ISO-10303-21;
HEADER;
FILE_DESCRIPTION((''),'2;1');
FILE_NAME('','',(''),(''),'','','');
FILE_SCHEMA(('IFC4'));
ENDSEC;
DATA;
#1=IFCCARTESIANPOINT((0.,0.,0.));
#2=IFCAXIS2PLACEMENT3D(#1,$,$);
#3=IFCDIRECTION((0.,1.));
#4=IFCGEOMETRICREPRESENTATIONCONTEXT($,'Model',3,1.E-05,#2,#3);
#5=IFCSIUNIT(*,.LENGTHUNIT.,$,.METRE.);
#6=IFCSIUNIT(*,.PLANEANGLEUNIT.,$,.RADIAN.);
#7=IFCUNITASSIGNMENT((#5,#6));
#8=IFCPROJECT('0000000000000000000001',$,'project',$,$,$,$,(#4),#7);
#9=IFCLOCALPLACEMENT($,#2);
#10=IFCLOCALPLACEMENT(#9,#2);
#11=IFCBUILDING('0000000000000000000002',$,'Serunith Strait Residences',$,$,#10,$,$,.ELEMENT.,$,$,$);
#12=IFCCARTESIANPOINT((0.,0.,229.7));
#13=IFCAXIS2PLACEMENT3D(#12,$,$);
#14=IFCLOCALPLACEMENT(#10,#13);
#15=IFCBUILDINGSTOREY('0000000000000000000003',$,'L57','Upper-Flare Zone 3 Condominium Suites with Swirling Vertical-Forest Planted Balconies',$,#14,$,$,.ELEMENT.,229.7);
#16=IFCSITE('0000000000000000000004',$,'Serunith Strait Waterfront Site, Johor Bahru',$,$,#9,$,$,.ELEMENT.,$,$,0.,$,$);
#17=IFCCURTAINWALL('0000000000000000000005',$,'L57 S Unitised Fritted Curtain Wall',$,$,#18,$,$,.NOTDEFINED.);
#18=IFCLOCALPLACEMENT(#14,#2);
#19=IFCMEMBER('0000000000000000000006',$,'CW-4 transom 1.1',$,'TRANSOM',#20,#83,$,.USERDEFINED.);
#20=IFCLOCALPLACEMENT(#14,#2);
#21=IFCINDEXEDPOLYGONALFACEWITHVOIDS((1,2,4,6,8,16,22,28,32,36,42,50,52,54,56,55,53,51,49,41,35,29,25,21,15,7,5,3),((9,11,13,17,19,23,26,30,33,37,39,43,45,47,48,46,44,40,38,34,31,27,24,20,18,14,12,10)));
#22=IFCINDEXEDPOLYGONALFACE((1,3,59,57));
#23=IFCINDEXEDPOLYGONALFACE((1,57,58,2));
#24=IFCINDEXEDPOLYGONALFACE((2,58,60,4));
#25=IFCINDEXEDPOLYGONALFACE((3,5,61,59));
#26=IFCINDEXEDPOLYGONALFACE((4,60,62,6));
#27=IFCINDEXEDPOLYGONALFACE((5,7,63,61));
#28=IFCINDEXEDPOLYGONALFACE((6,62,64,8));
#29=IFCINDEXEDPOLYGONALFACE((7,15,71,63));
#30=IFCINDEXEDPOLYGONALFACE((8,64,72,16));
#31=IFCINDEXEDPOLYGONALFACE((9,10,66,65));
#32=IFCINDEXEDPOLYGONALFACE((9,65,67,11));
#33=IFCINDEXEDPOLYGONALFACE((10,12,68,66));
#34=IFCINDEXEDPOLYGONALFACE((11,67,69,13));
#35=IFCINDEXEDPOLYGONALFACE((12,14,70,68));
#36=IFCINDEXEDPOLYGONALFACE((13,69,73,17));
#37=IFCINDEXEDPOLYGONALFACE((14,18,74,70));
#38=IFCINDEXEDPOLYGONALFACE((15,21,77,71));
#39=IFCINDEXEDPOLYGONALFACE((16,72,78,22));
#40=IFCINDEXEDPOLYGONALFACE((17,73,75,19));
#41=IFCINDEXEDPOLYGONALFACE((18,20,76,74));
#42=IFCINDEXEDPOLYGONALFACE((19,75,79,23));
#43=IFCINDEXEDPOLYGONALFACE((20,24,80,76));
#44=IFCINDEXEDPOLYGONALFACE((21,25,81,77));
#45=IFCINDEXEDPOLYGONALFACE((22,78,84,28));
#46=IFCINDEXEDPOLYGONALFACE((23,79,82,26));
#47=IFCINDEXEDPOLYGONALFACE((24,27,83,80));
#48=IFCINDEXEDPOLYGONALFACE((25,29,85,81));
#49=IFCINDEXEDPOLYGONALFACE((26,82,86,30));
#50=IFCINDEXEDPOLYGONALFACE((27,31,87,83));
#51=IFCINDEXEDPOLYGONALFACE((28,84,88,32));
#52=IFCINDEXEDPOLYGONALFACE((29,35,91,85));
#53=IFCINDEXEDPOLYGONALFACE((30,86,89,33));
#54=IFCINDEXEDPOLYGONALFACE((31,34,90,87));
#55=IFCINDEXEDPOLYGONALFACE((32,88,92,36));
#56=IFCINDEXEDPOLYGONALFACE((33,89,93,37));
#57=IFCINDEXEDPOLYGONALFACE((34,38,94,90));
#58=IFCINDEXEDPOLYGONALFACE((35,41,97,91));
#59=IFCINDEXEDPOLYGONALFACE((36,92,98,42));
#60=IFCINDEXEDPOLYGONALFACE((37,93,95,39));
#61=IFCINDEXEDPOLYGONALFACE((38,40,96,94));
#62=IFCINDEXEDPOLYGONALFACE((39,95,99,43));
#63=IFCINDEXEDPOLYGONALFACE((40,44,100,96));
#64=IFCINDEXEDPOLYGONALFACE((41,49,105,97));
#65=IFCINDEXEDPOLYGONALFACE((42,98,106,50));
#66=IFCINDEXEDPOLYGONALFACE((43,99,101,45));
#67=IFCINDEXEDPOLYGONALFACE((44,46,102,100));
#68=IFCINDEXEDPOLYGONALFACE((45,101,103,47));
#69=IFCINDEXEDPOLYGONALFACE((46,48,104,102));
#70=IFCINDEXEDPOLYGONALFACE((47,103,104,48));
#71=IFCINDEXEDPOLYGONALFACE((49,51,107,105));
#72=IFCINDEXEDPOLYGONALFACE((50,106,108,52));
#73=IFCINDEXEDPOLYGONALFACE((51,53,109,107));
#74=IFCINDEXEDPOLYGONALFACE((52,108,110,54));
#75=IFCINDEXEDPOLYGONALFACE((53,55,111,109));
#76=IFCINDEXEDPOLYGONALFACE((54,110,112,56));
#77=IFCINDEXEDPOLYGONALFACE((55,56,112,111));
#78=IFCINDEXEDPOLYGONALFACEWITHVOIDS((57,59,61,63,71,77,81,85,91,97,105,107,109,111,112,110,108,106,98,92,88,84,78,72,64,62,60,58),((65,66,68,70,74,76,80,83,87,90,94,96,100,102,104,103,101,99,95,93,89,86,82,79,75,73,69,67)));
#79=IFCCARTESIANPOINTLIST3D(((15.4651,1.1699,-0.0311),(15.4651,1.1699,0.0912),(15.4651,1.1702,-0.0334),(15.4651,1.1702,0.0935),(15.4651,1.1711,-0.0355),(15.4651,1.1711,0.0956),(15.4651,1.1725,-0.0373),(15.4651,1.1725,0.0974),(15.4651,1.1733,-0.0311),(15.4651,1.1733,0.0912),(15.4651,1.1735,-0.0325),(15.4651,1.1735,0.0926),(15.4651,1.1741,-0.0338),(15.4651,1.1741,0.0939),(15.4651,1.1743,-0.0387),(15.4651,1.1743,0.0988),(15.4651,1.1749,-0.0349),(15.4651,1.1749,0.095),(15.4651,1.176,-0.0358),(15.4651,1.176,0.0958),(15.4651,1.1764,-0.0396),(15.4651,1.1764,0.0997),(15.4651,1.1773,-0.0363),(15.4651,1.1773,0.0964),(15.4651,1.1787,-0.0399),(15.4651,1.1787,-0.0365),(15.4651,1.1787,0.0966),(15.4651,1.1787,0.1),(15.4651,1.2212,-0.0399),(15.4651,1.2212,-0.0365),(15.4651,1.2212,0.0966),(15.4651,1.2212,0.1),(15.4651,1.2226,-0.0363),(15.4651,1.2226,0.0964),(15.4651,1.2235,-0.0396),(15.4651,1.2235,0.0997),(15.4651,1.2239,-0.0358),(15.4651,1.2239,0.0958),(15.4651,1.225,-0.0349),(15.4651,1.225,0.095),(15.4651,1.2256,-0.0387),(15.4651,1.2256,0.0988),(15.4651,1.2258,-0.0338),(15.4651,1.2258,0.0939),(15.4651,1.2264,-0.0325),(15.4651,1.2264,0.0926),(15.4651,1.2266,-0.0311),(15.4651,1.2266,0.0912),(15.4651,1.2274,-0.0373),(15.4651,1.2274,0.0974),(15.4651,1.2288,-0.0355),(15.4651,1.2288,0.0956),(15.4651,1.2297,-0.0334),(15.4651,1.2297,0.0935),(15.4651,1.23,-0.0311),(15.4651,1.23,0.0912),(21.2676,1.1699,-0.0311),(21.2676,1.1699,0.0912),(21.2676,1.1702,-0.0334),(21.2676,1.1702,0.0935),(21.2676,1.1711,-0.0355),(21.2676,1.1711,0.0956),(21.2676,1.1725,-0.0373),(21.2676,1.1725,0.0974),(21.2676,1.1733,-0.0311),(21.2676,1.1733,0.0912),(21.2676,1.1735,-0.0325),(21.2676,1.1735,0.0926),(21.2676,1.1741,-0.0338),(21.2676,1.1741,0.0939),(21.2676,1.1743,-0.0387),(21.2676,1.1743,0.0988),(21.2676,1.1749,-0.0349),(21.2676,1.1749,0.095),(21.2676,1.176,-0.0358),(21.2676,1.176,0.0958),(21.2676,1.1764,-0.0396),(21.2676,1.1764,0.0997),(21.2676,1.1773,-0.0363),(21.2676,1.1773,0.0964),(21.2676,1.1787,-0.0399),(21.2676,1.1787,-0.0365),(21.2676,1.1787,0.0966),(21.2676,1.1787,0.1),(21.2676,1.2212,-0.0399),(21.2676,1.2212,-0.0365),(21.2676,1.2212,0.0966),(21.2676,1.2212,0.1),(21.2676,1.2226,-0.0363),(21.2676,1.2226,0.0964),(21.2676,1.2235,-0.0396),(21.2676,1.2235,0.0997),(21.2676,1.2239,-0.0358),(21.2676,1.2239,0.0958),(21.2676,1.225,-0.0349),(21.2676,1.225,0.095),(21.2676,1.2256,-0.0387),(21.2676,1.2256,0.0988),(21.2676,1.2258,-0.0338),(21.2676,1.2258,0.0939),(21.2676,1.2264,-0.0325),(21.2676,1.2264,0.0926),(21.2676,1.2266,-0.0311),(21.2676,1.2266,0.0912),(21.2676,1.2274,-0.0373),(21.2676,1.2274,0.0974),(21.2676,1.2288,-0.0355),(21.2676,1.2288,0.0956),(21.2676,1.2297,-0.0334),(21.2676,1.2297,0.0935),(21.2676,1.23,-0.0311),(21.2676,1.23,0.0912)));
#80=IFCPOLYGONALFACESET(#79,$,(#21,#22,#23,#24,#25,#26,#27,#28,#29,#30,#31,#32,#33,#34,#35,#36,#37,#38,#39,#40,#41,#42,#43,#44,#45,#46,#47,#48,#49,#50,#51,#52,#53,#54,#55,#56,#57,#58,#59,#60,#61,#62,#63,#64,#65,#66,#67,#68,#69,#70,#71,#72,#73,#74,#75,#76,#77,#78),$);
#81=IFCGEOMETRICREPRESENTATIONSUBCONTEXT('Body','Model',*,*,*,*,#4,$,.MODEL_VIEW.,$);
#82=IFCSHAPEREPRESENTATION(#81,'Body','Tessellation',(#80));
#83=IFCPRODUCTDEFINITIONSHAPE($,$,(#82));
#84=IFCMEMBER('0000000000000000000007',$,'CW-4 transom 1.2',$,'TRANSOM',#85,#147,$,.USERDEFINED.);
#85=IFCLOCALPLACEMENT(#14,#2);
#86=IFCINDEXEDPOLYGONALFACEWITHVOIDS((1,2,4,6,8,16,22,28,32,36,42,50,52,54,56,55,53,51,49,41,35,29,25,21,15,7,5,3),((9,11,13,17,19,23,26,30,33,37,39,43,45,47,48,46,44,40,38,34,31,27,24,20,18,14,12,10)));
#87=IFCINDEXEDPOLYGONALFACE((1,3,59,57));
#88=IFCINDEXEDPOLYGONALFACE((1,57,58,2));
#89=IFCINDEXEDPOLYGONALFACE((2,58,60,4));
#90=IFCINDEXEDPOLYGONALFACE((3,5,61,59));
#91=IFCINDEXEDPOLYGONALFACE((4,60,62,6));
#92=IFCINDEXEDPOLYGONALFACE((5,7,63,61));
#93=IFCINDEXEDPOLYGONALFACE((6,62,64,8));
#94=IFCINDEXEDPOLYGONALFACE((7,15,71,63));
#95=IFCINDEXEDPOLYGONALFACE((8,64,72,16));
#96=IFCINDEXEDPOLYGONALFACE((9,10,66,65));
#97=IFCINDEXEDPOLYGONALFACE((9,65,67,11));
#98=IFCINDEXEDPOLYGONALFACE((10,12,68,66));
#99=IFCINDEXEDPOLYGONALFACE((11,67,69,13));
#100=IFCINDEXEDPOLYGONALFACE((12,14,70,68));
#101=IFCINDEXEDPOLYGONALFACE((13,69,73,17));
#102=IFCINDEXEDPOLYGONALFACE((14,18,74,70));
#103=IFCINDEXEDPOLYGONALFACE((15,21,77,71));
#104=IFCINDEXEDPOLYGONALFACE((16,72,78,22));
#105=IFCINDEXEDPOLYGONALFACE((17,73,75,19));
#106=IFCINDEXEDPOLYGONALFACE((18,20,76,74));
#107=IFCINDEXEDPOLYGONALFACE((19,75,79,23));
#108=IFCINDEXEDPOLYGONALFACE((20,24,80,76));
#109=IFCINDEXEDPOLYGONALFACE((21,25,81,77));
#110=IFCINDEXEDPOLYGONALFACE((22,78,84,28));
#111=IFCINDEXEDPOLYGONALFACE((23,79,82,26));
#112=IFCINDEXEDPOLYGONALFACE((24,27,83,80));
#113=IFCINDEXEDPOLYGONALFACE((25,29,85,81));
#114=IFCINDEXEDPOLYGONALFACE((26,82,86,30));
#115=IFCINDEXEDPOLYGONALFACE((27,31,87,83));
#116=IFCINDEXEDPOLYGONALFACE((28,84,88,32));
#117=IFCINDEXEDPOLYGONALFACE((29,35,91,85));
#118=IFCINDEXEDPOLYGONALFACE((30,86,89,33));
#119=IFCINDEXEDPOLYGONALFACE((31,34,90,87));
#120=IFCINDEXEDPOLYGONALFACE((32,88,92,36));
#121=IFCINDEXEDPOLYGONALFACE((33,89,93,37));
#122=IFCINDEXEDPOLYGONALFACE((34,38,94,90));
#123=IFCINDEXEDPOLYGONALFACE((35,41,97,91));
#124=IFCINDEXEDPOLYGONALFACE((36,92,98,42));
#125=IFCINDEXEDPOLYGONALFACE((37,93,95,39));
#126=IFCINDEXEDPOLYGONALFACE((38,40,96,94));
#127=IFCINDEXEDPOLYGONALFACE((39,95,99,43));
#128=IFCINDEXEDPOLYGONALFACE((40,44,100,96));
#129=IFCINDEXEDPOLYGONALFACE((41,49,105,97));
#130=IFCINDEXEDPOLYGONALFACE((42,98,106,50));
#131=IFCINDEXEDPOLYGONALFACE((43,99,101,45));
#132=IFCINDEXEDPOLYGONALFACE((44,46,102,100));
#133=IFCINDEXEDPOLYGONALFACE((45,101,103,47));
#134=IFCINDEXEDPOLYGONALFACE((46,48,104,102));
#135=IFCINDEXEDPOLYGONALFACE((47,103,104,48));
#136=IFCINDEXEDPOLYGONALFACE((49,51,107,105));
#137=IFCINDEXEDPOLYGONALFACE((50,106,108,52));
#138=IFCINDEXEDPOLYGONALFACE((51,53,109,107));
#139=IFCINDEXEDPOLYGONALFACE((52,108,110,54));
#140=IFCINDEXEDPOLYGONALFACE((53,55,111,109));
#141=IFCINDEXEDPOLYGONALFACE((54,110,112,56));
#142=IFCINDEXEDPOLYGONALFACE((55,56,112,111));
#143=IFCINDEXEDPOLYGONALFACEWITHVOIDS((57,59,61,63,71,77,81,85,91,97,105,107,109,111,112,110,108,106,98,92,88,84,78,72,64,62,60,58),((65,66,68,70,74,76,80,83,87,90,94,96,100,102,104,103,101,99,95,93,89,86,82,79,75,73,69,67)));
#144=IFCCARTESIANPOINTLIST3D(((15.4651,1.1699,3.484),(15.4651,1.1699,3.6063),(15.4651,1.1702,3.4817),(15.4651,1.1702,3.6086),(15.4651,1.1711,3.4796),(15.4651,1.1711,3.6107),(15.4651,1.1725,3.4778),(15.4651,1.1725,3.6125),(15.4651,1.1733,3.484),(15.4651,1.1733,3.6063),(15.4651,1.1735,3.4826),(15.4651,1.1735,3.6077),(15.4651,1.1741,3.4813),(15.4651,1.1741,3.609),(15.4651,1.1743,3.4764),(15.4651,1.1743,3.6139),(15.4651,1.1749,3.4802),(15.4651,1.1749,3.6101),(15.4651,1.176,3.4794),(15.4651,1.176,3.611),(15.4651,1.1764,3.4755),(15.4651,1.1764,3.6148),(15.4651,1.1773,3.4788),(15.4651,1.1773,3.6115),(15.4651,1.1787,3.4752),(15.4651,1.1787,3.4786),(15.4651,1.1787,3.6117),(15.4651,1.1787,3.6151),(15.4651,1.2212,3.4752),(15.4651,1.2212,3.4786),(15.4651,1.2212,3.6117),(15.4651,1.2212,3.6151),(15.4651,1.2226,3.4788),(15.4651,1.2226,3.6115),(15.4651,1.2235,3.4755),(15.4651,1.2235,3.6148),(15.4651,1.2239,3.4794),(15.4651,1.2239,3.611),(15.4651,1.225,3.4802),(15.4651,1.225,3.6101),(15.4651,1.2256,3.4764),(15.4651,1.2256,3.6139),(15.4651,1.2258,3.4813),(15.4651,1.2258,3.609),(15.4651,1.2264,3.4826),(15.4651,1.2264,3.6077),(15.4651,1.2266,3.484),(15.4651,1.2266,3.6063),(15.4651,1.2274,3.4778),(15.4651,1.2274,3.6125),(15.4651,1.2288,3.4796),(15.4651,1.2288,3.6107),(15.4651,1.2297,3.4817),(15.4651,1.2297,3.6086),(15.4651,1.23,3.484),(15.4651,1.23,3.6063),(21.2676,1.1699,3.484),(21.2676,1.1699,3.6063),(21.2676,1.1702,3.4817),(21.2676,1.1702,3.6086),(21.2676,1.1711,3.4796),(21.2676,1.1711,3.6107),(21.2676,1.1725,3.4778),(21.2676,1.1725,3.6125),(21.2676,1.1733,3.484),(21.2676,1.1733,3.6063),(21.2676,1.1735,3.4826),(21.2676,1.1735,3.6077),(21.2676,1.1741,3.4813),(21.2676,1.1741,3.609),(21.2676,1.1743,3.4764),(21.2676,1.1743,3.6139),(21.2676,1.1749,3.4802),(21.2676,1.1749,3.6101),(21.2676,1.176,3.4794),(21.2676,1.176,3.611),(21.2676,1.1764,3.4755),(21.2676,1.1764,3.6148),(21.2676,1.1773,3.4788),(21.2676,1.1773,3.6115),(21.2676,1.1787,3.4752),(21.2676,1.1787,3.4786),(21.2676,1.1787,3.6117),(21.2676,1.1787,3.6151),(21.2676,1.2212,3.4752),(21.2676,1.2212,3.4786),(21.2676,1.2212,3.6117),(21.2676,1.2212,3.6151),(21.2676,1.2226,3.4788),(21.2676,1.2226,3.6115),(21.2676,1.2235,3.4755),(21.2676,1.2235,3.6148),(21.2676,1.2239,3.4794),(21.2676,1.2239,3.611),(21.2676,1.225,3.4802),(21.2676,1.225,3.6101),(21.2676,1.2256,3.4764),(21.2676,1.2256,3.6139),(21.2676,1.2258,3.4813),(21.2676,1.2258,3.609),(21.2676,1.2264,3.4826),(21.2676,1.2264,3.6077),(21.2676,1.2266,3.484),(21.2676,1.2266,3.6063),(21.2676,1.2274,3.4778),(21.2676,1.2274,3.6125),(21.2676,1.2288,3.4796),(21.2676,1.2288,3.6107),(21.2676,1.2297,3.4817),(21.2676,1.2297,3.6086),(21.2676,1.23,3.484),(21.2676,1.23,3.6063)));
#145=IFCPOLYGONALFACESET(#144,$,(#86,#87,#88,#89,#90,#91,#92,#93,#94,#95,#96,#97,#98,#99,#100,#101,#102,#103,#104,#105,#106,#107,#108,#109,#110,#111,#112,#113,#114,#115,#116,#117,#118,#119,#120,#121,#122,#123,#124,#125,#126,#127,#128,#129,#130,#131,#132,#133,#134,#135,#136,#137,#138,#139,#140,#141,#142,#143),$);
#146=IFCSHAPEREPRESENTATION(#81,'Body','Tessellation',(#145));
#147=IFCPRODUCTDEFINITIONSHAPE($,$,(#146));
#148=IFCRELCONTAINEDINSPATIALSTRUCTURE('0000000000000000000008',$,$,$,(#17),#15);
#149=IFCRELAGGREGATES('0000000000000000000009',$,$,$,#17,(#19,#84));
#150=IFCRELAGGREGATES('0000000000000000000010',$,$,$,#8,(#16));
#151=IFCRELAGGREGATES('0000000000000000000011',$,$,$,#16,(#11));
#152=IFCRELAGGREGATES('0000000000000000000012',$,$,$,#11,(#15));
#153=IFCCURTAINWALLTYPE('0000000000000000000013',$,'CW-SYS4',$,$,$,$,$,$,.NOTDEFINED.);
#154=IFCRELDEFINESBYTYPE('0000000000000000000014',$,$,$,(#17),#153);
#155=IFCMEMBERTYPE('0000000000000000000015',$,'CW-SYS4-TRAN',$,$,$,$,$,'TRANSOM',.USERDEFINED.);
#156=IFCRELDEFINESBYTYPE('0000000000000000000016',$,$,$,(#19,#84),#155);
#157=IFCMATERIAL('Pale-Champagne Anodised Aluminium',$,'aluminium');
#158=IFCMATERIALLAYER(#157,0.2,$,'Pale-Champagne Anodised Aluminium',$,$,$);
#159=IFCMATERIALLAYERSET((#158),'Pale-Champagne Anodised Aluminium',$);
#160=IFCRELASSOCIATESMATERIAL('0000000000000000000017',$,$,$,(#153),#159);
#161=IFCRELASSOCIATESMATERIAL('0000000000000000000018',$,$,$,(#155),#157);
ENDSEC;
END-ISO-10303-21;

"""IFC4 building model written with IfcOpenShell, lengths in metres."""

from ifc_helpers import new_model, si_unit, direction, frame, origin, origin_2d, place, context, subcontext, project, spatial, hollow_rectangle, extrude, source, transform, mapped, material, layer, layer_set, material_profile, profile_set, type_object, element, aggregate, save


model = new_model("IFC4")

# Units and contexts
model_context = context("Model", 3, precision=1e-05, world=origin(), true_north=direction((0.0, 1.0)))
body_context = subcontext(model_context, "Body", "Model", "MODEL_VIEW")
ifc_project = project(units=[si_unit("LENGTHUNIT", "METRE"), si_unit("PLANEANGLEUNIT", "RADIAN")], contexts=[model_context])

# Site, building, storey
site_placement = place(None, origin())
site = spatial("IfcSite", under=ifc_project, at=site_placement, Name="Serunith Strait Waterfront Site, Johor Bahru", CompositionType="ELEMENT", RefElevation=0.0)
building_placement = place(site_placement, origin())
building = spatial("IfcBuilding", under=site, at=building_placement, Name="Serunith Strait Residences", CompositionType="ELEMENT")
storey_placement = place(building_placement, frame((0.0, 0.0, 229.7)))
storey = spatial("IfcBuildingStorey", under=building, at=storey_placement, Name="L57", Description="Upper-Flare Zone 3 Condominium Suites with Swirling Vertical-Forest Planted Balconies", CompositionType="ELEMENT", Elevation=229.7)

# Curtain wall
ifc_material_1 = material(Name="Pale-Champagne Anodised Aluminium", Category="aluminium")
ifc_layer_1 = layer(ifc_material_1, 0.2, Name="Pale-Champagne Anodised Aluminium")
ifc_layer_set_1 = layer_set([ifc_layer_1], Name="Pale-Champagne Anodised Aluminium")
curtain_wall_type = type_object("IfcCurtainWallType", Name="CW-SYS4", PredefinedType="NOTDEFINED", material=ifc_layer_set_1)
curtain_wall_1_placement = place(storey_placement, origin())
curtain_wall_1 = element("IfcCurtainWall", 1, at=curtain_wall_1_placement, inside=storey, type_object=curtain_wall_type, Name="L57 S Unitised Fritted Curtain Wall", PredefinedType="NOTDEFINED")

# Members
ifc_material_profile_1 = material_profile(ifc_material_1, hollow_rectangle(XDim=0.0601, YDim=0.1399, WallThickness=0.0034, InnerFilletRadius=0.0054, OuterFilletRadius=0.0088, at=origin_2d()), Name="ALU 140x60x3.5")
ifc_profile_set_1 = profile_set([ifc_material_profile_1], Name="Pale-Champagne Anodised Aluminium")
member_type_1 = type_object("IfcMemberType", Name="CW-SYS4-TRAN", ElementType="TRANSOM", PredefinedType="USERDEFINED", material=ifc_profile_set_1)
shared_shape_1 = source(origin(), body_context, "Body", "SweptSolid", [
    extrude(hollow_rectangle(XDim=0.0601, YDim=0.1399, WallThickness=0.0034, InnerFilletRadius=0.0054, OuterFilletRadius=0.0088, at=origin_2d()), origin(), (0.0, 0.0, 1.0), 5.8025),
])
member_1_placement = place(storey_placement, frame((15.4651, 1.2, 0.03), z_axis=(1.0, 0.0, 0.0), x_axis=(0.0, 1.0, 0.0)))
member_1 = element("IfcMember", 2, at=member_1_placement, type_object=member_type_1, Name="CW-4 transom 1.1", ObjectType="TRANSOM", PredefinedType="USERDEFINED", context=body_context, shape_type="MappedRepresentation", body=[
    mapped(shared_shape_1, transform((0.0, 0.0, 0.0), scale=1.0)),
])
member_2_placement = place(storey_placement, frame((15.4651, 1.2, 3.5452), z_axis=(1.0, 0.0, 0.0), x_axis=(0.0, 1.0, 0.0)))
member_2 = element("IfcMember", 3, at=member_2_placement, type_object=member_type_1, Name="CW-4 transom 1.2", ObjectType="TRANSOM", PredefinedType="USERDEFINED", context=body_context, shape_type="MappedRepresentation", body=[
    mapped(shared_shape_1, transform((0.0, 0.0, 0.0), scale=1.0)),
])
aggregate(curtain_wall_1, [member_1, member_2])

save(model, "model.ifc")
